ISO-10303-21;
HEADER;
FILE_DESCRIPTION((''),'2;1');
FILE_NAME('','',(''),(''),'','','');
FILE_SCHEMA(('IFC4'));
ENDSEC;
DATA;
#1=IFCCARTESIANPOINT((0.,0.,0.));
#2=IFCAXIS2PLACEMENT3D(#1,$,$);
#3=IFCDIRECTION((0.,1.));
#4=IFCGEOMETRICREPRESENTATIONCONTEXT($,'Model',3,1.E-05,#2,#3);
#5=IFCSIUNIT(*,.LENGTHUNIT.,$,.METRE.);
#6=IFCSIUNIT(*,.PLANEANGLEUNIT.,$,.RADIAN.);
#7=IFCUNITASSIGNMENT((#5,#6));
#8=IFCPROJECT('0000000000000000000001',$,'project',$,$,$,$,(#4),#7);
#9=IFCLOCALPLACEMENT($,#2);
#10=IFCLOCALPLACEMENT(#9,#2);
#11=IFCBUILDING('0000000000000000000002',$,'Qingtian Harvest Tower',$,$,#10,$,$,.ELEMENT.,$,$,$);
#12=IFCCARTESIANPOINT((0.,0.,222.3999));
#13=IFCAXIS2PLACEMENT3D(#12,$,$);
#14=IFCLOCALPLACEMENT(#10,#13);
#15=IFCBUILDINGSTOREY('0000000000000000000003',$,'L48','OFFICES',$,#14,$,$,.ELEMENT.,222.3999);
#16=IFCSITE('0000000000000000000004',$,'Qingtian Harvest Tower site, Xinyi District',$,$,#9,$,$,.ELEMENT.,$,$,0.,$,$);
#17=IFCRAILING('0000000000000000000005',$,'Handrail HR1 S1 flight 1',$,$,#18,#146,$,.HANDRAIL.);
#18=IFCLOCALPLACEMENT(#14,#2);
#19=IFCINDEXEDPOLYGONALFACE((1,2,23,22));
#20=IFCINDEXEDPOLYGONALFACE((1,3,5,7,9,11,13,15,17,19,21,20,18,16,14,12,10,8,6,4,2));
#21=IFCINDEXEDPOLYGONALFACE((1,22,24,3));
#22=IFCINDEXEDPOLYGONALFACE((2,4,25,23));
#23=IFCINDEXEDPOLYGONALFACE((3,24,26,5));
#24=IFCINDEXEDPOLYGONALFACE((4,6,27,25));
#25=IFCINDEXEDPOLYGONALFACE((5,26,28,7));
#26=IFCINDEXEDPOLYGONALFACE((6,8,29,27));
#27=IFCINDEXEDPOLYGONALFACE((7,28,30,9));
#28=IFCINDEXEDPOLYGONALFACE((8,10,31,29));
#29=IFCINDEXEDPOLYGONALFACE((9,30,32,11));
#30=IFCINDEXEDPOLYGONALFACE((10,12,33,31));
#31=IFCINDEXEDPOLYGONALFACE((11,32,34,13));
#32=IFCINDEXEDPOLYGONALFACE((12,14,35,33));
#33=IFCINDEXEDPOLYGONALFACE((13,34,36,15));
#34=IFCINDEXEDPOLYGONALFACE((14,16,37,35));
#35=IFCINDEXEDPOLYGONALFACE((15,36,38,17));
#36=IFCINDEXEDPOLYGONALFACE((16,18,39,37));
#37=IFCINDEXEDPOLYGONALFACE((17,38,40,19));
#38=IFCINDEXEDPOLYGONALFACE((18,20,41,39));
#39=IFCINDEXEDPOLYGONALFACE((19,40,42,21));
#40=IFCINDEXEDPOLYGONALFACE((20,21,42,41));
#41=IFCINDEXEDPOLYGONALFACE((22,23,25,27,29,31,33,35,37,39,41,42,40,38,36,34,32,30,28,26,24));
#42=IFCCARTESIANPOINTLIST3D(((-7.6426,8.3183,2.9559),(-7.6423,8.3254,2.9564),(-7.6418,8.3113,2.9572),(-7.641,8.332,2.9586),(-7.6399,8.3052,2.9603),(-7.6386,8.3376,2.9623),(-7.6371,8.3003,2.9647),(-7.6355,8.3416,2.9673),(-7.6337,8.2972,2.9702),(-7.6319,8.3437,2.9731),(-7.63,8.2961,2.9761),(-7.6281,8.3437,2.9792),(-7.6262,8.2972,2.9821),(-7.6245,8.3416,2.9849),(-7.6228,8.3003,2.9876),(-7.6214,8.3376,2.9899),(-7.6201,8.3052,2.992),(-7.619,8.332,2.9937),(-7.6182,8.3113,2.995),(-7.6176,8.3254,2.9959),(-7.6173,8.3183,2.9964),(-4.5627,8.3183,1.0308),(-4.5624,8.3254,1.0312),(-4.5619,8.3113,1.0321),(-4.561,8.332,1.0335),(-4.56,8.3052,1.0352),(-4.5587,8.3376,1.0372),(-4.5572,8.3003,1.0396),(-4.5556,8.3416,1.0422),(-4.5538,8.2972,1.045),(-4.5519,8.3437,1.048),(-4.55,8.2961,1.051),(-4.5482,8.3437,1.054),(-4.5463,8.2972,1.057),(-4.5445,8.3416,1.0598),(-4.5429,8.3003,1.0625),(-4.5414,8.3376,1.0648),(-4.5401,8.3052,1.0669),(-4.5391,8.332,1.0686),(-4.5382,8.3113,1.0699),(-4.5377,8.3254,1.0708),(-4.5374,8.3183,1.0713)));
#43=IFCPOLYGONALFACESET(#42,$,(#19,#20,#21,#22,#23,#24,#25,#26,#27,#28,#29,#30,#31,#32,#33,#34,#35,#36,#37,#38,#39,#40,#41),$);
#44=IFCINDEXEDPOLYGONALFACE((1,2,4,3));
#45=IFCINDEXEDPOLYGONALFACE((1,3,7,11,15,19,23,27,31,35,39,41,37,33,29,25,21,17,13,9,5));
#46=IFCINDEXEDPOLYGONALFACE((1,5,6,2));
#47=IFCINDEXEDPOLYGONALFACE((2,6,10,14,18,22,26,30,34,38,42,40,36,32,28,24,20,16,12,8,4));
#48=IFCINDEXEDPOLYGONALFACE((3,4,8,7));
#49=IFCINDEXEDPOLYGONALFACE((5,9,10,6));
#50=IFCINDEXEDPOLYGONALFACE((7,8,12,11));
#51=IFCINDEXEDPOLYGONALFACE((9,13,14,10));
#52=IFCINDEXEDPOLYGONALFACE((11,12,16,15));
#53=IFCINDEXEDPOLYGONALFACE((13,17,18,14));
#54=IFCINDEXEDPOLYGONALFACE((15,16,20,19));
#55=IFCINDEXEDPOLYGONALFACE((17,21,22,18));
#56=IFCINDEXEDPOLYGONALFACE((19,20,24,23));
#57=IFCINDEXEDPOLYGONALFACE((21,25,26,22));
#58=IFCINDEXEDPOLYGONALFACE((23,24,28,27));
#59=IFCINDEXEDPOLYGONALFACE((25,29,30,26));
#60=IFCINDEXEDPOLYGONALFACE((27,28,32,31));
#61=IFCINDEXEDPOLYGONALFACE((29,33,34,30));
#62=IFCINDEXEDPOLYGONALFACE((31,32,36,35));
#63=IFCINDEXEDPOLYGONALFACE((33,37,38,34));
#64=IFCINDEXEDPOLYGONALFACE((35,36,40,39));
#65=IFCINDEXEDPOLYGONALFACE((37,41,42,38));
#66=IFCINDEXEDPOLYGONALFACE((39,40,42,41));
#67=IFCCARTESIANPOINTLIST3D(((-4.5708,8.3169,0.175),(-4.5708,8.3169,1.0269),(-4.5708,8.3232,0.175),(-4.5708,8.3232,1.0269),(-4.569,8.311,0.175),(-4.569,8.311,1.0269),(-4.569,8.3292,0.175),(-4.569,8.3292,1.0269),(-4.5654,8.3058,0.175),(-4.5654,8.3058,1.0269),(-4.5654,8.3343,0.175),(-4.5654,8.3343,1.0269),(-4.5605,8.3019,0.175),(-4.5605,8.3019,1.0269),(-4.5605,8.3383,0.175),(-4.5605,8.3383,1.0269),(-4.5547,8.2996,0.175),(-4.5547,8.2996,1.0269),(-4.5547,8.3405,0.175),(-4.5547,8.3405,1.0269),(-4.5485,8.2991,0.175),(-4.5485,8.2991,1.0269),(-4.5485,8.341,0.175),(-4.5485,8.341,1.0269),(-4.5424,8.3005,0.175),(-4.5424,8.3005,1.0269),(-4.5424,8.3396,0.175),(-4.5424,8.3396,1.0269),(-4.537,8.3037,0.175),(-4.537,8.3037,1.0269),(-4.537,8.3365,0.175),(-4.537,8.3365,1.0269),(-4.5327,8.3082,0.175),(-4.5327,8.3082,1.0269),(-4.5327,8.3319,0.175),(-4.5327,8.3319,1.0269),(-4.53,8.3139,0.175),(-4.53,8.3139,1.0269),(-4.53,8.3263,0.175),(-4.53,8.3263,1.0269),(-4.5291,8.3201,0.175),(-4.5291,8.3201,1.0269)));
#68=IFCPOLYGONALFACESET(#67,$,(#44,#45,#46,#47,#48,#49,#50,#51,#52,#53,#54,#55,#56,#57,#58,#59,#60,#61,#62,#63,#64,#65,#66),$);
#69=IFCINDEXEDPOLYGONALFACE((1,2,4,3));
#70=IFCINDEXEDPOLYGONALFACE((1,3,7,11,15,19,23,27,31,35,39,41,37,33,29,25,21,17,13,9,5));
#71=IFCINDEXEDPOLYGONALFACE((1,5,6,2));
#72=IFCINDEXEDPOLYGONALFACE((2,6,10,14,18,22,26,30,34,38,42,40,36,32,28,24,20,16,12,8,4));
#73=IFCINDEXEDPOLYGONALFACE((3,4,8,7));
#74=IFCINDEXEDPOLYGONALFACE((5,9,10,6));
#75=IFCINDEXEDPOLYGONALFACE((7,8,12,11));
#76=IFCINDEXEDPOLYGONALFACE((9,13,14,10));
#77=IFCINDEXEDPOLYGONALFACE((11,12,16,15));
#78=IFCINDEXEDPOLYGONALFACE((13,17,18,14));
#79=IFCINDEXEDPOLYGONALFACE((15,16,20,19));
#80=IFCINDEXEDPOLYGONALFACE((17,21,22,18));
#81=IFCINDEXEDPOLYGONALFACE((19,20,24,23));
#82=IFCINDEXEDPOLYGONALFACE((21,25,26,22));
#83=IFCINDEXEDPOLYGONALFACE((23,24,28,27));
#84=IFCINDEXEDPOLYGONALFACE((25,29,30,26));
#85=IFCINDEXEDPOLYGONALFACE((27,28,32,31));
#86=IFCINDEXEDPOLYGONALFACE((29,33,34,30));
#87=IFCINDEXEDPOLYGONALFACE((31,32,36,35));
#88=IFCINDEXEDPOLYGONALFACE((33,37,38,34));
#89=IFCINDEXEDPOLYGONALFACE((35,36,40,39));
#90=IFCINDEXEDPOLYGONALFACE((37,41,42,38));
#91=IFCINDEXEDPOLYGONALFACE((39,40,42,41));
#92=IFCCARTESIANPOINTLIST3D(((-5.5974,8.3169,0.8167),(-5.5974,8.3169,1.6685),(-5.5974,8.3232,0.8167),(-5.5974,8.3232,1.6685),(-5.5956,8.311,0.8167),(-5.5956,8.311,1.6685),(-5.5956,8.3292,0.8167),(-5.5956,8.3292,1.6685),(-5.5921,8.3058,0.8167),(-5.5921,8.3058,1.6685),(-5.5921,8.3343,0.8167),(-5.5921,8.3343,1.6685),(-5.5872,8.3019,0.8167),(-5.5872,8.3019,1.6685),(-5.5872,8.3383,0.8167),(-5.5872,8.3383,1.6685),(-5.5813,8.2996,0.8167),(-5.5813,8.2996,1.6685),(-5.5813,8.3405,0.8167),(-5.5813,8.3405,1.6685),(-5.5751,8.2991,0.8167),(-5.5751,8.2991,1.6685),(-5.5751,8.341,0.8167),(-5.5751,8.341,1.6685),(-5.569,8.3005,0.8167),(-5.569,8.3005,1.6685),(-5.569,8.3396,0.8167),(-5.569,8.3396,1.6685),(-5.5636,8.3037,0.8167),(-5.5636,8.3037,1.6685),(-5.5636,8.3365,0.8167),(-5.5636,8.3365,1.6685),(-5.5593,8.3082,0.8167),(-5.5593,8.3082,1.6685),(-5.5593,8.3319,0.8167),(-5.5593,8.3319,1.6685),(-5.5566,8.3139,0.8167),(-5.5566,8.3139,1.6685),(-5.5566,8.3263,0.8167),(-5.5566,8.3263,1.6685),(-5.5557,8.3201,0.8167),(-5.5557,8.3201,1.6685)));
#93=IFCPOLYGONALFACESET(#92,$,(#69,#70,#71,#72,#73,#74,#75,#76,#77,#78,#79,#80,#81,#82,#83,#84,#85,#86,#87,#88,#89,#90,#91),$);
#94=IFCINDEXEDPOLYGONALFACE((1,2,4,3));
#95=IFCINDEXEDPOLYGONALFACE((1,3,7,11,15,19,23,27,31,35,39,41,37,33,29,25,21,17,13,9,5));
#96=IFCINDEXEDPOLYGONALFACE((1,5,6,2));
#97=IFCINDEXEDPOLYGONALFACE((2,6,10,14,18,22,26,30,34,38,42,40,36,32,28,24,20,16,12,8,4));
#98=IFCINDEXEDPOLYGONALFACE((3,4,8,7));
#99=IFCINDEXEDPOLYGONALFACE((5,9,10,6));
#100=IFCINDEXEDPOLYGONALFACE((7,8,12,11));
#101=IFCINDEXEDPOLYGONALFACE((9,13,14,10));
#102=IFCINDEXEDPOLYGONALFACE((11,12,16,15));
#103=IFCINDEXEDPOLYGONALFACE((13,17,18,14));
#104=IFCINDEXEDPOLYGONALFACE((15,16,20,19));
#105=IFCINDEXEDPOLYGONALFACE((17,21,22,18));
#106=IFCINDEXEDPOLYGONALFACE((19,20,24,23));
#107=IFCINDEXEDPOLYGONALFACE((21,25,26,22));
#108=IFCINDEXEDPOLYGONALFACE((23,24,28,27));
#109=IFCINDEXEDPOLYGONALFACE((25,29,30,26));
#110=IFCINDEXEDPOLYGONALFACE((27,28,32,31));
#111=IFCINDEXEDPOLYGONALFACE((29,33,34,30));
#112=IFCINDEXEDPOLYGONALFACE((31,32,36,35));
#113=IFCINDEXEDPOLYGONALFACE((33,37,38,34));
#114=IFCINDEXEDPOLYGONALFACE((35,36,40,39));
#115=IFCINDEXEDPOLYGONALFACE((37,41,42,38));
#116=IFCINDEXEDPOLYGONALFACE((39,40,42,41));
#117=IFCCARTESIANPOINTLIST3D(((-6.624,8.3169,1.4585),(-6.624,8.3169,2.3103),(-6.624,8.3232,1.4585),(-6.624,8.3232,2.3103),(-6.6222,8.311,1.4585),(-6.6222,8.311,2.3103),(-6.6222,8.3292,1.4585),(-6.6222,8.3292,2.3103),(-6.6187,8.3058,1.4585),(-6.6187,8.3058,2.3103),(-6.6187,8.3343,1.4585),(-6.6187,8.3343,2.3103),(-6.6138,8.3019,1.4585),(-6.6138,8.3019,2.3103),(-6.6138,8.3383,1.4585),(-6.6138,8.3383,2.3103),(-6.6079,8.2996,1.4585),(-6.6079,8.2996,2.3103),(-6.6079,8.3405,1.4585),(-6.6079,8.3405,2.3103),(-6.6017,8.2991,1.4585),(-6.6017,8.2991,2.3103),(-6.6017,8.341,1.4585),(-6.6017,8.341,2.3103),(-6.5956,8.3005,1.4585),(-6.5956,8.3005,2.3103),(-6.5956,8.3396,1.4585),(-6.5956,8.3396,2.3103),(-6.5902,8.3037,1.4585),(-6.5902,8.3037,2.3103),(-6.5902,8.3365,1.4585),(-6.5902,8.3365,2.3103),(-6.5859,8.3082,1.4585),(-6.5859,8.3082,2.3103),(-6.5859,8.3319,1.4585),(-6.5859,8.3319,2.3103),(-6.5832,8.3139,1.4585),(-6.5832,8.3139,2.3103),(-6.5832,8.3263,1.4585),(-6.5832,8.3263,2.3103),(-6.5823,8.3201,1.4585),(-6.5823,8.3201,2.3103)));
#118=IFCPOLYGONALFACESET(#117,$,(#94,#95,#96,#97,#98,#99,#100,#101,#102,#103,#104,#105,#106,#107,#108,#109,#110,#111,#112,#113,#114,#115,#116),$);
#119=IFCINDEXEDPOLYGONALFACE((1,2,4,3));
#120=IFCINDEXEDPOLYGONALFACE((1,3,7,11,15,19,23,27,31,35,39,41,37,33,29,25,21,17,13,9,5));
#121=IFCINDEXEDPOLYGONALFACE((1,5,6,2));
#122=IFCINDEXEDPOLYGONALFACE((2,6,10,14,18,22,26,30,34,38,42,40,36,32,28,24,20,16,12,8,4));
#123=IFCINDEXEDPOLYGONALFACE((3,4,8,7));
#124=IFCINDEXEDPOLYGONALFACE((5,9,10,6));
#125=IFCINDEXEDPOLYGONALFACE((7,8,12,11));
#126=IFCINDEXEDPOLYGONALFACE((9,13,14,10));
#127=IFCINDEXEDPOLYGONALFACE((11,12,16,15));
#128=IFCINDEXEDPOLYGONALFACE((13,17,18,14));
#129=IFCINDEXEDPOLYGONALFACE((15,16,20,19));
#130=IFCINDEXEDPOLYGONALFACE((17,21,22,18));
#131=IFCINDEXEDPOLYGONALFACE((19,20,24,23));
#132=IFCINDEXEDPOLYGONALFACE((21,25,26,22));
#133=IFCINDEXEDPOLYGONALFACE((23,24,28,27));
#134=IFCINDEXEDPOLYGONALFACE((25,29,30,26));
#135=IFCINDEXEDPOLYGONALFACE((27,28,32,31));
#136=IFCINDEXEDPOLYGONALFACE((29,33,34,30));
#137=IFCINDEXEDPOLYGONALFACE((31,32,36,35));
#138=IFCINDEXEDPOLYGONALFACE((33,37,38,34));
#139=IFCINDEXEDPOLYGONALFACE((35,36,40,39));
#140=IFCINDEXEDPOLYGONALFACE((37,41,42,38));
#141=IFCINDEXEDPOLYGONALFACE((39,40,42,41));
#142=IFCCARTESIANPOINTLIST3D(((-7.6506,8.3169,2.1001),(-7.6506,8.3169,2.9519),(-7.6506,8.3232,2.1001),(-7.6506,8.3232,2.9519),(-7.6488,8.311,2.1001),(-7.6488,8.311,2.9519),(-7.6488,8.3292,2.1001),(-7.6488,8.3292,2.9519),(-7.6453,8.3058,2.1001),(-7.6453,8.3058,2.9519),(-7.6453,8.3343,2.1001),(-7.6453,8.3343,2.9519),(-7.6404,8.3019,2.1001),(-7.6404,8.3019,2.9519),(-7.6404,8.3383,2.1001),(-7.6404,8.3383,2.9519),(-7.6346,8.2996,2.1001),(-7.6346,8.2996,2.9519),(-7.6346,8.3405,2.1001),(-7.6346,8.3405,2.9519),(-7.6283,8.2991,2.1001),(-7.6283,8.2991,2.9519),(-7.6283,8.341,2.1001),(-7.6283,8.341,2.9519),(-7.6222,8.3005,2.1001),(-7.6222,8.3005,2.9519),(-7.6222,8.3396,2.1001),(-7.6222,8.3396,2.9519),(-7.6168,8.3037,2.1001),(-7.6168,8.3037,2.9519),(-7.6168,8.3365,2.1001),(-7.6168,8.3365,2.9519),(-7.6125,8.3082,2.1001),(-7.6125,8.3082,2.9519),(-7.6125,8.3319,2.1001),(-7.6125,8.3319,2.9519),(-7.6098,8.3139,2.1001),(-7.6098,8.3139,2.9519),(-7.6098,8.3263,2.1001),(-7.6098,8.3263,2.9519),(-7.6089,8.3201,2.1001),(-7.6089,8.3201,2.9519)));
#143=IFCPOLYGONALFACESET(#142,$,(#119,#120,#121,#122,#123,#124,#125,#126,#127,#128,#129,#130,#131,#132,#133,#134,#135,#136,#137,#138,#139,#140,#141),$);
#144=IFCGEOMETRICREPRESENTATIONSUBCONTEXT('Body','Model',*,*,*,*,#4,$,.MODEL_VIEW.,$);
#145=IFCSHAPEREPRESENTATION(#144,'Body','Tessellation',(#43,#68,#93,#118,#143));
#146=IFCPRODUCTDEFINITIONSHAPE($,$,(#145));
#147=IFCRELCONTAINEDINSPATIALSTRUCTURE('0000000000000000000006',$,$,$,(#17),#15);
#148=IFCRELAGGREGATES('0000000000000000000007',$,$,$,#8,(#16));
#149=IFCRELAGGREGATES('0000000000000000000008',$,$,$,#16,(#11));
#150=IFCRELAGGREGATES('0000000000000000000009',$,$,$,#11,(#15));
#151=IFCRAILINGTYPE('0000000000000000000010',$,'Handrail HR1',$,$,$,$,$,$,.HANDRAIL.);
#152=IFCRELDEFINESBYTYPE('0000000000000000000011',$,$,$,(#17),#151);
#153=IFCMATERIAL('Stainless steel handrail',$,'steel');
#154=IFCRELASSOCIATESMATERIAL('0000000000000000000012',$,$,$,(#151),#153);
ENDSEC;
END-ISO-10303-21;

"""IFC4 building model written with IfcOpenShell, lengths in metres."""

from ifc_helpers import new_model, si_unit, direction, frame, origin, origin_2d, place, context, subcontext, project, spatial, circle, extrude, material, type_object, element, save


model = new_model("IFC4")

# Units and contexts
model_context = context("Model", 3, precision=1e-05, world=origin(), true_north=direction((0.0, 1.0)))
body_context = subcontext(model_context, "Body", "Model", "MODEL_VIEW")
ifc_project = project(units=[si_unit("LENGTHUNIT", "METRE"), si_unit("PLANEANGLEUNIT", "RADIAN")], contexts=[model_context])

# Site, building, storey
site_placement = place(None, origin())
site = spatial("IfcSite", under=ifc_project, at=site_placement, Name="Qingtian Harvest Tower site, Xinyi District", CompositionType="ELEMENT", RefElevation=0.0)
building_placement = place(site_placement, origin())
building = spatial("IfcBuilding", under=site, at=building_placement, Name="Qingtian Harvest Tower", CompositionType="ELEMENT")
storey_placement = place(building_placement, frame((0.0, 0.0, 222.3999)))
storey = spatial("IfcBuildingStorey", under=building, at=storey_placement, Name="L48", Description="OFFICES", CompositionType="ELEMENT", Elevation=222.3999)

# Railing
ifc_material_1 = material(Name="Stainless steel handrail", Category="steel")
railing_type = type_object("IfcRailingType", Name="Handrail HR1", PredefinedType="HANDRAIL", material=ifc_material_1)
railing_1_placement = place(storey_placement, frame((-4.55, 8.3201, 0.175)))
element("IfcRailing", 1, at=railing_1_placement, inside=storey, type_object=railing_type, Name="Handrail HR1 S1 flight 1", PredefinedType="HANDRAIL", context=body_context, shape_type="SweptSolid", body=[
    extrude(circle(Radius=0.0239, at=origin_2d()), frame((0.0, 0.0, 0.876), z_axis=(-0.847979, 0.0, 0.530029), x_axis=(0.0, -1.0, 0.0)), (0.0, 0.0, 1.0), 3.6321),
    extrude(circle(Radius=0.021, at=origin_2d()), origin(), (0.0, 0.0, 1.0), 0.8518),
    extrude(circle(Radius=0.021, at=origin_2d()), frame((-1.0266, 0.0, 0.6416)), (0.0, 0.0, 1.0), 0.8518),
    extrude(circle(Radius=0.021, at=origin_2d()), frame((-2.0532, 0.0, 1.2834)), (0.0, 0.0, 1.0), 0.8518),
    extrude(circle(Radius=0.021, at=origin_2d()), frame((-3.0798, 0.0, 1.925)), (0.0, 0.0, 1.0), 0.8518),
])

save(model, "model.ifc")
